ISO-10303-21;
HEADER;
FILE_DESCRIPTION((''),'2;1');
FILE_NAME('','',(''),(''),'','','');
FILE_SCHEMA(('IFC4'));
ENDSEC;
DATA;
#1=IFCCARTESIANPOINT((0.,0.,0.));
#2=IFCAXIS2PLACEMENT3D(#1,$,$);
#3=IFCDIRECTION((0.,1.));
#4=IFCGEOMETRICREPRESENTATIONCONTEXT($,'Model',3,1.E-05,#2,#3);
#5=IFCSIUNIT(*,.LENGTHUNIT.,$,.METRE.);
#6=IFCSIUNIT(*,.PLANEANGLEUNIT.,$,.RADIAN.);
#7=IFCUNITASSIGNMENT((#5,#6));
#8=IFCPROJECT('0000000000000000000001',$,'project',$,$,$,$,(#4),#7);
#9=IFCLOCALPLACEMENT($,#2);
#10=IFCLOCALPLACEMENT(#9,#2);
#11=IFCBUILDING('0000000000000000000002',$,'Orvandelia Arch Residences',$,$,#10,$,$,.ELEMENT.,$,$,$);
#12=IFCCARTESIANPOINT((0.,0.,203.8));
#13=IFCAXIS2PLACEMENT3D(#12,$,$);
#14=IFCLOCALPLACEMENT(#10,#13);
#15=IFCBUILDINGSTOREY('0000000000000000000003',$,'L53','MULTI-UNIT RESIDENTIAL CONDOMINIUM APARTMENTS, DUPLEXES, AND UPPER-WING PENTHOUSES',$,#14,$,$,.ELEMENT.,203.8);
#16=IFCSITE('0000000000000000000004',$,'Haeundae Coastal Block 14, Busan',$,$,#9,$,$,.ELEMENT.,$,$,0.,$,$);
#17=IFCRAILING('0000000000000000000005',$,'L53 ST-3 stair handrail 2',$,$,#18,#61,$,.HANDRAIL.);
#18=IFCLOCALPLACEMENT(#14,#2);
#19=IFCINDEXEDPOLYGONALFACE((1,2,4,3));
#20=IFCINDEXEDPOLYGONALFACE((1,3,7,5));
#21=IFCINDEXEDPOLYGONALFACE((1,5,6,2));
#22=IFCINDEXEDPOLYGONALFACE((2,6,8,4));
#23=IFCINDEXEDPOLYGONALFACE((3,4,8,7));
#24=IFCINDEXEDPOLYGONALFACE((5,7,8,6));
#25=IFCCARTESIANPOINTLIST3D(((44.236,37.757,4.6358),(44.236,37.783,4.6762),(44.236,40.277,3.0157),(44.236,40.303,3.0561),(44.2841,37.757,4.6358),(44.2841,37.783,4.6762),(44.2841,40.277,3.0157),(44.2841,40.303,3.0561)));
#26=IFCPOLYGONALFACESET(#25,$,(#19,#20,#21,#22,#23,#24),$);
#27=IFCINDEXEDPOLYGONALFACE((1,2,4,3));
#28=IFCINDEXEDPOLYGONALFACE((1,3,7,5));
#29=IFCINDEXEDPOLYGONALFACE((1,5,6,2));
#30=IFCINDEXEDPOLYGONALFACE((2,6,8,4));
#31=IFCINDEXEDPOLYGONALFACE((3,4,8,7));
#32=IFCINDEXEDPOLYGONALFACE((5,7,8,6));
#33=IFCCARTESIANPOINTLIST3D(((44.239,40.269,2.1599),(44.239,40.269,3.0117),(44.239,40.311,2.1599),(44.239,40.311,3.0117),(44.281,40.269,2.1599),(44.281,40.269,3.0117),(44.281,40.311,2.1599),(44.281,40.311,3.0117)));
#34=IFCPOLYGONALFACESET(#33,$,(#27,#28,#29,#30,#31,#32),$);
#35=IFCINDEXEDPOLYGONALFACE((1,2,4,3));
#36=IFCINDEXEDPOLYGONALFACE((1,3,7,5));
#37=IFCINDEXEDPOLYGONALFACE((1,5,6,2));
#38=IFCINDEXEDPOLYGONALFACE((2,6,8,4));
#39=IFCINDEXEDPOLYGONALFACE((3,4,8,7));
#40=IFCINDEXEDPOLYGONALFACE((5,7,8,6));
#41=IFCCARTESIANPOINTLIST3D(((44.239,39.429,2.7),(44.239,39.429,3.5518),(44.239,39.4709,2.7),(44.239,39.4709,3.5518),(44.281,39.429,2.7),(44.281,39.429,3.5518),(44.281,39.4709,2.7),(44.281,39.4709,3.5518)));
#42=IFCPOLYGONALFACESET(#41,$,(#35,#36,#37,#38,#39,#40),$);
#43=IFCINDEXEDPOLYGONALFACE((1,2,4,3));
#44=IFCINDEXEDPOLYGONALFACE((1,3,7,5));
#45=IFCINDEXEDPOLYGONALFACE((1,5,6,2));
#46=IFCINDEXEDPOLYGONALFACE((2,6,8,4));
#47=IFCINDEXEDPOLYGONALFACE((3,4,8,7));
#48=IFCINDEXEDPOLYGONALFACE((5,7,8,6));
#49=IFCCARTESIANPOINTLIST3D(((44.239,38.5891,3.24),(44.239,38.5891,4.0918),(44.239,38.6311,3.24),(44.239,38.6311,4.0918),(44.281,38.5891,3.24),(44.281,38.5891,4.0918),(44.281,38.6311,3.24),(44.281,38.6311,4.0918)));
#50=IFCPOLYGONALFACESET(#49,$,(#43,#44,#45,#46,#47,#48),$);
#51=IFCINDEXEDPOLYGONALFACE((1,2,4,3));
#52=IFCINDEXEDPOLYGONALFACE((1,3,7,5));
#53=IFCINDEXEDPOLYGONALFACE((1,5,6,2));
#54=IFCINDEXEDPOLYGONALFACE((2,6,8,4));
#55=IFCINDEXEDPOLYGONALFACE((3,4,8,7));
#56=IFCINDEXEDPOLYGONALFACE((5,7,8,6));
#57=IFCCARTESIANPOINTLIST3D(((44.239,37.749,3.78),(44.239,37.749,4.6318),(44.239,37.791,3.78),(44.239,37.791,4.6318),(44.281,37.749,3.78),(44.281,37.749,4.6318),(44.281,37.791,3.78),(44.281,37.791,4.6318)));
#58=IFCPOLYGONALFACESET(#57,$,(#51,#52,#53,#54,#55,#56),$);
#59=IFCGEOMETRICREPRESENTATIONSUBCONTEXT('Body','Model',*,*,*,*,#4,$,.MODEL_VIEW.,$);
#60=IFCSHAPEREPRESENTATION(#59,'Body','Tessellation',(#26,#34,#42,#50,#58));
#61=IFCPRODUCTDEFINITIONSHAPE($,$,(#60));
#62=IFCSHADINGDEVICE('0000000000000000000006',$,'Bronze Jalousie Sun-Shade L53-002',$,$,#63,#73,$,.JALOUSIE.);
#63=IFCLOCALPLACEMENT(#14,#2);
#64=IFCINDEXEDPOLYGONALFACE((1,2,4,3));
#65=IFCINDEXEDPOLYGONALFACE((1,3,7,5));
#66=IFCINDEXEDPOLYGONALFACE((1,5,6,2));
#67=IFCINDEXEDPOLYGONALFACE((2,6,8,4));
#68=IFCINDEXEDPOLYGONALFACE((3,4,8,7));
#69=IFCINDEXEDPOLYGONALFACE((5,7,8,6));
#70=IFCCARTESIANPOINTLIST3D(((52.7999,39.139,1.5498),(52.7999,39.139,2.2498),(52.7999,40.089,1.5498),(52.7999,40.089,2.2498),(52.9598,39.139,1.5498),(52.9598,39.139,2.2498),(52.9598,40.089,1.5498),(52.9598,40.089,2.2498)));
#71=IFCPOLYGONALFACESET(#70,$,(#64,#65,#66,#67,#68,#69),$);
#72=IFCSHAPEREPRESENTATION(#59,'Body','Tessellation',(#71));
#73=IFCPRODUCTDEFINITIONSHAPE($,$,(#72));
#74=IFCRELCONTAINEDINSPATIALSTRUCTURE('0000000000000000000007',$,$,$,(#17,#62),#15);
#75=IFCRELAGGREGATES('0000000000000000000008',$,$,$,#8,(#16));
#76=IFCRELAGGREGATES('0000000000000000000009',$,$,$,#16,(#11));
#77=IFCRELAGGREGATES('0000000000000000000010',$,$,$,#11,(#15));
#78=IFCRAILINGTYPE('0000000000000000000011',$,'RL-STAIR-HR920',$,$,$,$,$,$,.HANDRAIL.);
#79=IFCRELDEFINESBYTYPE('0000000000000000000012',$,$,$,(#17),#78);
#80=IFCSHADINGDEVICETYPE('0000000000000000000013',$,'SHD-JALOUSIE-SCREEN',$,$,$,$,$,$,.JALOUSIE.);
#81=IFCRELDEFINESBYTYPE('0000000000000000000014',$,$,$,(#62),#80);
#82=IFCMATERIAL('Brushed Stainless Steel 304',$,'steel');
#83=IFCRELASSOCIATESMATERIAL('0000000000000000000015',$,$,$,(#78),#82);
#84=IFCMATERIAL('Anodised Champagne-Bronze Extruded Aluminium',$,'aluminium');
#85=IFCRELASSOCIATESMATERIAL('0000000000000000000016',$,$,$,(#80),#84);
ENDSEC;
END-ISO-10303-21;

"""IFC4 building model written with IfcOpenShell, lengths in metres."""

from ifc_helpers import new_model, si_unit, direction, frame, origin, origin_2d, place, context, subcontext, project, spatial, rectangle, extrude, material, type_object, element, save


model = new_model("IFC4")

# Units and contexts
model_context = context("Model", 3, precision=1e-05, world=origin(), true_north=direction((0.0, 1.0)))
body_context = subcontext(model_context, "Body", "Model", "MODEL_VIEW")
ifc_project = project(units=[si_unit("LENGTHUNIT", "METRE"), si_unit("PLANEANGLEUNIT", "RADIAN")], contexts=[model_context])

# Site, building, storey
site_placement = place(None, origin())
site = spatial("IfcSite", under=ifc_project, at=site_placement, Name="Haeundae Coastal Block 14, Busan", CompositionType="ELEMENT", RefElevation=0.0)
building_placement = place(site_placement, origin())
building = spatial("IfcBuilding", under=site, at=building_placement, Name="Orvandelia Arch Residences", CompositionType="ELEMENT")
storey_placement = place(building_placement, frame((0.0, 0.0, 203.8)))
storey = spatial("IfcBuildingStorey", under=building, at=storey_placement, Name="L53", Description="MULTI-UNIT RESIDENTIAL CONDOMINIUM APARTMENTS, DUPLEXES, AND UPPER-WING PENTHOUSES", CompositionType="ELEMENT", Elevation=203.8)

# Railing
ifc_material_1 = material(Name="Brushed Stainless Steel 304", Category="steel")
railing_type_1 = type_object("IfcRailingType", Name="RL-STAIR-HR920", PredefinedType="HANDRAIL", material=ifc_material_1)
railing_1_placement = place(storey_placement, frame((44.26, 40.29, 2.1599)))
element("IfcRailing", 1, at=railing_1_placement, inside=storey, type_object=railing_type_1, Name="L53 ST-3 stair handrail 2", PredefinedType="HANDRAIL", context=body_context, shape_type="SweptSolid", body=[
    extrude(rectangle(XDim=0.0481, YDim=0.0481, at=origin_2d()), frame((0.0, 0.0, 0.876), z_axis=(0.0, -0.841163, 0.540782), x_axis=(1.0, 0.0, 0.0)), (0.0, 0.0, 1.0), 2.9958),
    extrude(rectangle(XDim=0.042, YDim=0.042, at=origin_2d()), origin(), (0.0, 0.0, 1.0), 0.8518),
    extrude(rectangle(XDim=0.042, YDim=0.042, at=origin_2d()), frame((0.0, -0.8401, 0.54)), (0.0, 0.0, 1.0), 0.8518),
    extrude(rectangle(XDim=0.042, YDim=0.042, at=origin_2d()), frame((0.0, -1.6799, 1.0801)), (0.0, 0.0, 1.0), 0.8518),
    extrude(rectangle(XDim=0.042, YDim=0.042, at=origin_2d()), frame((0.0, -2.52, 1.6201)), (0.0, 0.0, 1.0), 0.8518),
])

# Shading device
ifc_material_2 = material(Name="Anodised Champagne-Bronze Extruded Aluminium", Category="aluminium")
shading_device_type = type_object("IfcShadingDeviceType", Name="SHD-JALOUSIE-SCREEN", PredefinedType="JALOUSIE", material=ifc_material_2)
shading_device_placement = place(storey_placement, frame((52.8799, 39.614, 1.5498), z_axis=(0.0, 0.0, 1.0), x_axis=(0.0, -1.0, 0.0)))
element("IfcShadingDevice", 2, at=shading_device_placement, inside=storey, type_object=shading_device_type, Name="Bronze Jalousie Sun-Shade L53-002", PredefinedType="JALOUSIE", context=body_context, shape_type="SweptSolid", body=[
    extrude(rectangle(XDim=0.95, YDim=0.1599, at=origin_2d()), origin(), (0.0, 0.0, 1.0), 0.7),
])

save(model, "model.ifc")
